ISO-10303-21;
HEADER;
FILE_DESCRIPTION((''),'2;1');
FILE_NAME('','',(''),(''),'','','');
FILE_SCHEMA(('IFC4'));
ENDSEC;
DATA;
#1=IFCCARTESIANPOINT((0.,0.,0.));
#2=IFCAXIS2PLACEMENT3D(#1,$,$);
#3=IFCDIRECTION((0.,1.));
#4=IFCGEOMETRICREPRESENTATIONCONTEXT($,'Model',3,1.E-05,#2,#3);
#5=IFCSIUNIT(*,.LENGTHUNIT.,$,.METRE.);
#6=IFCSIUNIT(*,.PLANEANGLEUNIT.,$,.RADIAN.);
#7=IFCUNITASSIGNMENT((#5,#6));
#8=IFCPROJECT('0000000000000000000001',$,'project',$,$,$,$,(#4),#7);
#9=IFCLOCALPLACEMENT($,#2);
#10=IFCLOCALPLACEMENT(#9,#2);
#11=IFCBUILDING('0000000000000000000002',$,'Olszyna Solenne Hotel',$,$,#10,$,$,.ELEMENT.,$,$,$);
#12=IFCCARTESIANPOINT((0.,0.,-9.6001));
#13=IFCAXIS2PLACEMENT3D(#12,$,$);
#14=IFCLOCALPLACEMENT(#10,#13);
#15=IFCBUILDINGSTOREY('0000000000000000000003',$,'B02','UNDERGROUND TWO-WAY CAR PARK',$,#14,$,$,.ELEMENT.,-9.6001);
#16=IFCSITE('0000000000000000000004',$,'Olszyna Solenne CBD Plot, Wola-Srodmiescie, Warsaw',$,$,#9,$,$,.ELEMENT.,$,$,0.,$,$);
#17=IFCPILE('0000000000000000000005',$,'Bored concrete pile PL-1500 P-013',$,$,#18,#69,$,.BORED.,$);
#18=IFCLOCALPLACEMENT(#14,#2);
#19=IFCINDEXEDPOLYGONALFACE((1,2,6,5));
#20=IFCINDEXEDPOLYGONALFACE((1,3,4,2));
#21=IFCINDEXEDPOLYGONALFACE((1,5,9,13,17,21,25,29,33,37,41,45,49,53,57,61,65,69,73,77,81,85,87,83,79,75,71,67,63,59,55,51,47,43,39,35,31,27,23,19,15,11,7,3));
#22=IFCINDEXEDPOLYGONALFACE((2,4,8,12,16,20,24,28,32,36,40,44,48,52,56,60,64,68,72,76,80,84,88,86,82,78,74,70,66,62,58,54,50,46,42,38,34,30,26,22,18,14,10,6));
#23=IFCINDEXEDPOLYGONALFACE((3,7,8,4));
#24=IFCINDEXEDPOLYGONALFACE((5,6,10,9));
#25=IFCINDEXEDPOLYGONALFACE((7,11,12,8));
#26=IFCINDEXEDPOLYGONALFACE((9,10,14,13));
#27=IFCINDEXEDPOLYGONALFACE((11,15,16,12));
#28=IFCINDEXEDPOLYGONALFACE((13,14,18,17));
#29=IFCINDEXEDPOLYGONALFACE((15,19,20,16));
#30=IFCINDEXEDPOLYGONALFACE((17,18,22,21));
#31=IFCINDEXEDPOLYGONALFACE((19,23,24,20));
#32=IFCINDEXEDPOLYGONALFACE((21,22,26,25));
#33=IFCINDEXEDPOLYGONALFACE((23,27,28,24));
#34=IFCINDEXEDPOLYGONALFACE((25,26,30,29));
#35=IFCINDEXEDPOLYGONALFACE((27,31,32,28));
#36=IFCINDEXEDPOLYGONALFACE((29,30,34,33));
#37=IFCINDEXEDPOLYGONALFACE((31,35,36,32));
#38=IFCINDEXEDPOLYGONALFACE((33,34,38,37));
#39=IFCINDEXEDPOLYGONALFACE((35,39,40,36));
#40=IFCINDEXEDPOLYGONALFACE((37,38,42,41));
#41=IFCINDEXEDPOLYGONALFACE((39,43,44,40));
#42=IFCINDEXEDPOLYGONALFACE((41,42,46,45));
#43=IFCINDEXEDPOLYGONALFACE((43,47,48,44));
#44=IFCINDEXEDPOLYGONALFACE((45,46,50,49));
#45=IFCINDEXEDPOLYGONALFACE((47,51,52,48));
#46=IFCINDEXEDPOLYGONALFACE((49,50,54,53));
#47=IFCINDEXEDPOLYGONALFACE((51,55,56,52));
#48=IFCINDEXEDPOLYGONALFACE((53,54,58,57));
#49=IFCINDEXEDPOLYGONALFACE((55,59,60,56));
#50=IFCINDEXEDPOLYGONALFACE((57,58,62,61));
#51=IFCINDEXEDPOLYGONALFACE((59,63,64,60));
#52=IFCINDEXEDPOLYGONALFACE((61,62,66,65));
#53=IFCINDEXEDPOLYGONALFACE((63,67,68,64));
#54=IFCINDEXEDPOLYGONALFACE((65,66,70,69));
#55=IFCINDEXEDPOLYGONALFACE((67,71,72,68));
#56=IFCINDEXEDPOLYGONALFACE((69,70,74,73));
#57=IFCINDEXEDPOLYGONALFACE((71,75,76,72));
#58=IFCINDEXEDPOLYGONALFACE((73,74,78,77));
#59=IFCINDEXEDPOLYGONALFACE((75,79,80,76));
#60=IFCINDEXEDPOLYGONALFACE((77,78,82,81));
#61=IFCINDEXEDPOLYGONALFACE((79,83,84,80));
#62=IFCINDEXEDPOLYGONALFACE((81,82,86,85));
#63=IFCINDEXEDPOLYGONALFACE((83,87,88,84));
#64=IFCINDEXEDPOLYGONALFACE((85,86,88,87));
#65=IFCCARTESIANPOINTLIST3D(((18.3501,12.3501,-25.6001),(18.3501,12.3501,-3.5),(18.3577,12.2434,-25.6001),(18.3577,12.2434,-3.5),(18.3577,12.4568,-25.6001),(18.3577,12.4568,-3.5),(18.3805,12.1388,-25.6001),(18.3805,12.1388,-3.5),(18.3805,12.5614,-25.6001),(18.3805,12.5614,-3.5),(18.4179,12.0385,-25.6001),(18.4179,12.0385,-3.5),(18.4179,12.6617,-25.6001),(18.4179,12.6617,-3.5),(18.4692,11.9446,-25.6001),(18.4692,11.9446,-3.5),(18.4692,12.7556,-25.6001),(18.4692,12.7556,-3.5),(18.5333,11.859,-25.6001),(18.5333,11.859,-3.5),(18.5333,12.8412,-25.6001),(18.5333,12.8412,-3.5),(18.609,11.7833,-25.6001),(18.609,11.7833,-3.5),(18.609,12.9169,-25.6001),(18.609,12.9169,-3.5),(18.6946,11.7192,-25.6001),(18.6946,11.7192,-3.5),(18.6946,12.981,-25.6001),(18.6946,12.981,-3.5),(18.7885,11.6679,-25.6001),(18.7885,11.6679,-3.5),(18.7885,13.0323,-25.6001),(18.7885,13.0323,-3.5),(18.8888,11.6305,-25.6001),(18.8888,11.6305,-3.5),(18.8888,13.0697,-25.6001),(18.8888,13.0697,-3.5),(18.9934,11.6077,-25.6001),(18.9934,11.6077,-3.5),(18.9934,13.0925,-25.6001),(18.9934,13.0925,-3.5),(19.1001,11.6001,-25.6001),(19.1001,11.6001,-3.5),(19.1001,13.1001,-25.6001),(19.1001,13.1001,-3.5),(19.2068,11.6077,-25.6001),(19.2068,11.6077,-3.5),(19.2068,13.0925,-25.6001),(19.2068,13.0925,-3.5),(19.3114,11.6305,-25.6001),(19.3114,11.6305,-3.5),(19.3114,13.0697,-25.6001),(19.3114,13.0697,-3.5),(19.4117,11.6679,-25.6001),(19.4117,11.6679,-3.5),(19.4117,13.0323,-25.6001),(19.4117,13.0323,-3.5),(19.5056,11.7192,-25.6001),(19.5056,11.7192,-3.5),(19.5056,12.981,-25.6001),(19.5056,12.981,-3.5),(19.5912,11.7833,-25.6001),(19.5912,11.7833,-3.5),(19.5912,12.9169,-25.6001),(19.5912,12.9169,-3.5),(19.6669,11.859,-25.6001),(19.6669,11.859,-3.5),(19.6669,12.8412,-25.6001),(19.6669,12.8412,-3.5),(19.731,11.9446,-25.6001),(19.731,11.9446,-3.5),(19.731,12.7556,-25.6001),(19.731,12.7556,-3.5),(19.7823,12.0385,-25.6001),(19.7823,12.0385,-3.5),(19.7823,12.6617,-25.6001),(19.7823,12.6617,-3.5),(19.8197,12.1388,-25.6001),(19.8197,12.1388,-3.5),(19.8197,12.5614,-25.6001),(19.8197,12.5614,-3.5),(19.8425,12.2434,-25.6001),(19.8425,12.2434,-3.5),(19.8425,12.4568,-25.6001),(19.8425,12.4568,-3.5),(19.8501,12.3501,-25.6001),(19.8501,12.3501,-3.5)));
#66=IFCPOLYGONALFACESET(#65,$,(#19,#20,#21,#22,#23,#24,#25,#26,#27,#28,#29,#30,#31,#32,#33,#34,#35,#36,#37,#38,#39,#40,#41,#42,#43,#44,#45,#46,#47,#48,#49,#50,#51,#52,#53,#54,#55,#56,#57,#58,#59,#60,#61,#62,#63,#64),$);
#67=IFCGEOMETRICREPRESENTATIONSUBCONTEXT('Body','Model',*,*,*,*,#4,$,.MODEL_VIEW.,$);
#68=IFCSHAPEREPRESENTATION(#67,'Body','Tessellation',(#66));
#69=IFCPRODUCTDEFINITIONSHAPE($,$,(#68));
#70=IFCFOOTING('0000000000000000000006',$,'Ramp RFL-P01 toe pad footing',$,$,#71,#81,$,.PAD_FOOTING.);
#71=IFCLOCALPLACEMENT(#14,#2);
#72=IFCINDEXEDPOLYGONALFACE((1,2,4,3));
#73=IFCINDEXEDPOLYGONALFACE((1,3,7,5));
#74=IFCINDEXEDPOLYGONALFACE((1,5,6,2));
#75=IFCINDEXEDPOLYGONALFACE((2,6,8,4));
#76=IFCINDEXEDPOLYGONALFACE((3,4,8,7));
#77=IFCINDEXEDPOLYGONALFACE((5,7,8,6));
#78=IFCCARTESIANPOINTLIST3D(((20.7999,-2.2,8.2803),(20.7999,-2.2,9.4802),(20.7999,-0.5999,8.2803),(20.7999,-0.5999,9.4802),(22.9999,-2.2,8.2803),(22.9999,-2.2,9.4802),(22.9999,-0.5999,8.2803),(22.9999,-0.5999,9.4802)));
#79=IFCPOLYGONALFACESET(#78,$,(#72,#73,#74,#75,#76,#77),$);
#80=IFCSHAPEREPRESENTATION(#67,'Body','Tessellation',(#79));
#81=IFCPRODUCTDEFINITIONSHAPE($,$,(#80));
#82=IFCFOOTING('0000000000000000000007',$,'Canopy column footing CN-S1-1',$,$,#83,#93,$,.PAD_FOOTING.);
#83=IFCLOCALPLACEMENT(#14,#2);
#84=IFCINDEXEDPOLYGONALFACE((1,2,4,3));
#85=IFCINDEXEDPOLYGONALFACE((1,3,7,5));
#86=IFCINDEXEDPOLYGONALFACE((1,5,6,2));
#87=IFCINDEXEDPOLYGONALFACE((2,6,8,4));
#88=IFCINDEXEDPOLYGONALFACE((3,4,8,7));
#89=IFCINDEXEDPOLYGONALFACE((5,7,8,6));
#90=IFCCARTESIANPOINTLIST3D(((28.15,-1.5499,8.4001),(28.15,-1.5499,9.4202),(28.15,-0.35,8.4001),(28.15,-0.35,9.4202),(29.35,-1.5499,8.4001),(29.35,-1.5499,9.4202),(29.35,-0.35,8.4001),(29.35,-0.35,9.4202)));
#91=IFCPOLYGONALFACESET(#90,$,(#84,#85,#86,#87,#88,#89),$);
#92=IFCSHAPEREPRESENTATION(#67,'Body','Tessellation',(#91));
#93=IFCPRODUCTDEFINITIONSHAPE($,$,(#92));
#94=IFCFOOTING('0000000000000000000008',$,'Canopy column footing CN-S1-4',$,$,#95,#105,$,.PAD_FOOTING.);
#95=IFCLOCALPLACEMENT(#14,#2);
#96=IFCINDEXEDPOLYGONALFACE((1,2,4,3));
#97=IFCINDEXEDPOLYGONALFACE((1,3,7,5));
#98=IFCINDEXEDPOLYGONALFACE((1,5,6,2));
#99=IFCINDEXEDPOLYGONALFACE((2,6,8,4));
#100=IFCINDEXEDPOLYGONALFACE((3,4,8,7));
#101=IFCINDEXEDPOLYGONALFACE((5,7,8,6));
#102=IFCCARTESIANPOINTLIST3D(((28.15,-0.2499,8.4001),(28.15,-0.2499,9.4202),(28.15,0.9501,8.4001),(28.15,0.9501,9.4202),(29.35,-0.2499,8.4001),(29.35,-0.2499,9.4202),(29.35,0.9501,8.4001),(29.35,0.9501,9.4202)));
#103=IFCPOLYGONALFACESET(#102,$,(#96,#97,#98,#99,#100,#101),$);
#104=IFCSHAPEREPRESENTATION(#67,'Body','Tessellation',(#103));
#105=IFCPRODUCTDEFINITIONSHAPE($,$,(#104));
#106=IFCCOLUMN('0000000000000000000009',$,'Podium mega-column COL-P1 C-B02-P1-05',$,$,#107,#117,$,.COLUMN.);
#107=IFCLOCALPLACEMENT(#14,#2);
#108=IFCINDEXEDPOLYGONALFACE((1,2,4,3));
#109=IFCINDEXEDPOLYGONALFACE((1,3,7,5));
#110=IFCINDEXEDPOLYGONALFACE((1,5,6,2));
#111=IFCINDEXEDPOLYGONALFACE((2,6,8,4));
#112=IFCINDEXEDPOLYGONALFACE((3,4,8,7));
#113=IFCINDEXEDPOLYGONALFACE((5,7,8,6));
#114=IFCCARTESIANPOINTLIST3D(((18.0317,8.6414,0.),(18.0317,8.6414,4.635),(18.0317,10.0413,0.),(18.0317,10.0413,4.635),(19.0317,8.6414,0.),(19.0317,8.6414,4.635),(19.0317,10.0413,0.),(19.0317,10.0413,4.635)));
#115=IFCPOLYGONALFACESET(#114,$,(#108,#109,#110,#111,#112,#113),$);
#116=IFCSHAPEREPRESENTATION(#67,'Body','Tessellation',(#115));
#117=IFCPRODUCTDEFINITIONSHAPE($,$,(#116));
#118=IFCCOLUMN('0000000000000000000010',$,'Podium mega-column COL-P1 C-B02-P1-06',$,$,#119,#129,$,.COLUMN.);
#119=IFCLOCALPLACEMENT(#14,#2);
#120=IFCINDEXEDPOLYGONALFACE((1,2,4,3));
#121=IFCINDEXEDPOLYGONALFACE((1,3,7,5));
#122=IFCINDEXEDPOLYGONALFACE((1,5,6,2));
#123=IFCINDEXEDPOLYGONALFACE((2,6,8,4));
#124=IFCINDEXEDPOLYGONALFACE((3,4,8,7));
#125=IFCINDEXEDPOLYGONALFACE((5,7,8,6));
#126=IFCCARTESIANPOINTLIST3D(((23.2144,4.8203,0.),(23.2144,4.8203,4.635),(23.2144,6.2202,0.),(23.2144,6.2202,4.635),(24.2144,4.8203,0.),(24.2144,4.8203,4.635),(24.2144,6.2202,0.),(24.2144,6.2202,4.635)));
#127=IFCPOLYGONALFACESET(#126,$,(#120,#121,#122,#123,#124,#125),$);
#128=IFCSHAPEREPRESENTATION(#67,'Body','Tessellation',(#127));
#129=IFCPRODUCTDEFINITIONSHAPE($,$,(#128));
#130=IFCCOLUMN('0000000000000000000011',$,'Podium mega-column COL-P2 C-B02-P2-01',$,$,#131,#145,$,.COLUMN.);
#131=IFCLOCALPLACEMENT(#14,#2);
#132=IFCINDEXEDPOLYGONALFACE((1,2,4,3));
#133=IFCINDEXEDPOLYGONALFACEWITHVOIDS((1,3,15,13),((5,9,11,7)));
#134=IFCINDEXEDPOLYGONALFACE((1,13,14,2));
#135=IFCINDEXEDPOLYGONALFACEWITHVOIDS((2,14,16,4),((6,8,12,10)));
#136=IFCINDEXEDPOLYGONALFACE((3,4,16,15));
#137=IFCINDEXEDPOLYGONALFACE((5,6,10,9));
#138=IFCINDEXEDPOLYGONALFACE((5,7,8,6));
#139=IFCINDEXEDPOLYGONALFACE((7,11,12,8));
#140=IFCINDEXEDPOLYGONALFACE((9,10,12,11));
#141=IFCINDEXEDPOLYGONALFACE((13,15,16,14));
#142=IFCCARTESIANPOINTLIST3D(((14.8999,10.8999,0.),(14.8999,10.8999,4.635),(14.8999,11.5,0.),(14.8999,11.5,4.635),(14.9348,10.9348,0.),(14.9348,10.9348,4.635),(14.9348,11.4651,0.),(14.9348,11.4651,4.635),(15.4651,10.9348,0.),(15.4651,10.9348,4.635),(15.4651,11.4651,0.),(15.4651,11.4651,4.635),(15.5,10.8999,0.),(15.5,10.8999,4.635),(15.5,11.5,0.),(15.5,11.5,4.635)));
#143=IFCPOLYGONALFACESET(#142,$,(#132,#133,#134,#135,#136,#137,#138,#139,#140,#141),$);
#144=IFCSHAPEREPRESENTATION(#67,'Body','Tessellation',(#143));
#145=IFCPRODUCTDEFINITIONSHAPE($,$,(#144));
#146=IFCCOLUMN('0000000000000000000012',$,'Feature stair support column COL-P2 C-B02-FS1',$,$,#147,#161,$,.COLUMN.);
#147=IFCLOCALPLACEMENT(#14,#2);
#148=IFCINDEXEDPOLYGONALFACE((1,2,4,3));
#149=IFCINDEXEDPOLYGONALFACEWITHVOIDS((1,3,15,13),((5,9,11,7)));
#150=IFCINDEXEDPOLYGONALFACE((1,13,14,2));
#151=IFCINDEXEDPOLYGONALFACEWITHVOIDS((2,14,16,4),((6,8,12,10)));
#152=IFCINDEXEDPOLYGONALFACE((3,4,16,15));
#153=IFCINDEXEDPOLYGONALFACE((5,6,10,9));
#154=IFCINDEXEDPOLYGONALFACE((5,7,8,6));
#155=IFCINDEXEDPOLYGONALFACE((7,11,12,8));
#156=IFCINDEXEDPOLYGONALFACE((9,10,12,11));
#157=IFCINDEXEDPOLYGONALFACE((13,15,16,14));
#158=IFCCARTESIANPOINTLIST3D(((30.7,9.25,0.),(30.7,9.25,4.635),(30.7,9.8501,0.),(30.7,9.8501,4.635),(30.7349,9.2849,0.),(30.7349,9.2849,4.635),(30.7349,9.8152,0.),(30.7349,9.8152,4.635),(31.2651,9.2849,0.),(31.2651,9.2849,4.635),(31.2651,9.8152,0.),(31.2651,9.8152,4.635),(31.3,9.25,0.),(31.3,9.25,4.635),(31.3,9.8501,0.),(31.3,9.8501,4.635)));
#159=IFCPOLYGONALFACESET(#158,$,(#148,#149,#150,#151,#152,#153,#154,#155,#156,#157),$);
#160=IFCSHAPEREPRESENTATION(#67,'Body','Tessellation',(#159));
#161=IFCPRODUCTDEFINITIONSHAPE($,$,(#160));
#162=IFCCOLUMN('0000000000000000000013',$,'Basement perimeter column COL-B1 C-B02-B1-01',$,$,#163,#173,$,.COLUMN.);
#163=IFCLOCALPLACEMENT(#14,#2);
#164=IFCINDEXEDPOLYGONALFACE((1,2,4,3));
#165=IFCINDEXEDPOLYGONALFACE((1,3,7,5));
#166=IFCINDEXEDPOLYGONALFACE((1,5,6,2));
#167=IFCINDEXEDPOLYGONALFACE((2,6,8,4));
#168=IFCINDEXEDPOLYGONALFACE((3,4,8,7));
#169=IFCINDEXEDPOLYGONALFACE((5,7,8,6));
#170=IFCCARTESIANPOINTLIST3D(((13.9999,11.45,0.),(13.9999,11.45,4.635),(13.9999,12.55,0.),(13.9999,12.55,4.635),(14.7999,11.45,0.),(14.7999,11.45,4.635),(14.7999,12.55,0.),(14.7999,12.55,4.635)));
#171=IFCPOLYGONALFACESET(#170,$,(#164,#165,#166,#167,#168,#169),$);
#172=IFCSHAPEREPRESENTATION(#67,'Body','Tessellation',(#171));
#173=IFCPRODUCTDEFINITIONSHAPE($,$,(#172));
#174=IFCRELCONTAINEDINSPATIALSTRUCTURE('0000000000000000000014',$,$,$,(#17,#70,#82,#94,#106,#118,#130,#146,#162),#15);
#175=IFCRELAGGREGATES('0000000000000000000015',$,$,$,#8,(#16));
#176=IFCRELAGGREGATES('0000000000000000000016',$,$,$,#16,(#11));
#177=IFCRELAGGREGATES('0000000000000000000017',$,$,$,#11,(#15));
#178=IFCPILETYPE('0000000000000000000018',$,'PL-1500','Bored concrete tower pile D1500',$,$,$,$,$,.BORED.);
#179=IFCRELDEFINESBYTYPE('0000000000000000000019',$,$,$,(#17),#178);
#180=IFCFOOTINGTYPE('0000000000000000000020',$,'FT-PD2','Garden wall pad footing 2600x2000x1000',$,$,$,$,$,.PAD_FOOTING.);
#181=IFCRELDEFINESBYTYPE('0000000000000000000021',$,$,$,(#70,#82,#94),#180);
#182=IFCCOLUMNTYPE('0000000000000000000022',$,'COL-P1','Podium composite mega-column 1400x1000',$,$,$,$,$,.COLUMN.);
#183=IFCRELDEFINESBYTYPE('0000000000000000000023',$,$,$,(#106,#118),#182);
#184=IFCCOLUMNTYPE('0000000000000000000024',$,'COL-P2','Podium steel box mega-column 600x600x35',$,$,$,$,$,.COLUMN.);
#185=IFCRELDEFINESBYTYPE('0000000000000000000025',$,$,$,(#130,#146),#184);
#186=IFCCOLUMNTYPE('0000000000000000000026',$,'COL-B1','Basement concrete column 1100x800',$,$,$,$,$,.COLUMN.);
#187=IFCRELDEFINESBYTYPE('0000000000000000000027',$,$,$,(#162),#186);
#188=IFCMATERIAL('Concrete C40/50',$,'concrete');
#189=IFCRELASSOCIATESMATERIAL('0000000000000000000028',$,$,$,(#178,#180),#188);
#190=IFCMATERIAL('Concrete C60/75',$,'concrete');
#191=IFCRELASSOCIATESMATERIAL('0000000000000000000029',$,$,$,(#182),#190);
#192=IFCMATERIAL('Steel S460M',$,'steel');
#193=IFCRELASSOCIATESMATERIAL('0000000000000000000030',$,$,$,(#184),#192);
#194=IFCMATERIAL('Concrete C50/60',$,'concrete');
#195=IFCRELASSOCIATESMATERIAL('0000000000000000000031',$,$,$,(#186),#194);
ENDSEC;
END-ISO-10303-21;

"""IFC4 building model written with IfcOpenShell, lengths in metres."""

from ifc_helpers import new_model, si_unit, direction, frame, origin, origin_2d, place, context, subcontext, project, spatial, rectangle, hollow_rectangle, circle, extrude, source, transform, mapped, material, material_profile, profile_set, type_object, element, save


model = new_model("IFC4")

# Units and contexts
model_context = context("Model", 3, precision=1e-05, world=origin(), true_north=direction((0.0, 1.0)))
body_context = subcontext(model_context, "Body", "Model", "MODEL_VIEW")
ifc_project = project(units=[si_unit("LENGTHUNIT", "METRE"), si_unit("PLANEANGLEUNIT", "RADIAN")], contexts=[model_context])

# Site, building, storey
site_placement = place(None, origin())
site = spatial("IfcSite", under=ifc_project, at=site_placement, Name="Olszyna Solenne CBD Plot, Wola-Srodmiescie, Warsaw", CompositionType="ELEMENT", RefElevation=0.0)
building_placement = place(site_placement, origin())
building = spatial("IfcBuilding", under=site, at=building_placement, Name="Olszyna Solenne Hotel", CompositionType="ELEMENT")
storey_placement = place(building_placement, frame((0.0, 0.0, -9.6001)))
storey = spatial("IfcBuildingStorey", under=building, at=storey_placement, Name="B02", Description="UNDERGROUND TWO-WAY CAR PARK", CompositionType="ELEMENT", Elevation=-9.6001)

# Pile
ifc_material_1 = material(Name="Concrete C40/50", Category="concrete")
ifc_material_profile_1 = material_profile(ifc_material_1, circle(Radius=0.75, at=origin_2d()), Name="BORED PILE 1500", Category="load-bearing")
ifc_profile_set_1 = profile_set([ifc_material_profile_1], Name="Concrete C40/50")
pile_type = type_object("IfcPileType", Name="PL-1500", Description="Bored concrete tower pile D1500", PredefinedType="BORED", material=ifc_profile_set_1)
shared_shape_1 = source(origin(), body_context, "Body", "SweptSolid", [
    extrude(circle(Radius=0.75, at=origin_2d()), origin(), (0.0, 0.0, 1.0), 22.1001),
])
for number, where, z_axis, x_axis, name in (
    (1, (19.1001, 12.3501, -3.5), (0.0, 0.0, -1.0), (1.0, 0.0, 0.0), "Bored concrete pile PL-1500 P-013"),
):
    element("IfcPile", number, at=place(storey_placement, frame(where, z_axis=z_axis, x_axis=x_axis)), inside=storey, type_object=pile_type, Name=name, PredefinedType="BORED", context=body_context, shape_type="MappedRepresentation", body=[
        mapped(shared_shape_1, transform((0.0, 0.0, 0.0), x_axis=(1.0, 0.0, 0.0), y_axis=(0.0, 1.0, 0.0), z_axis=(0.0, 0.0, 1.0), scale=1.0)),
    ])

# Footings
footing_type = type_object("IfcFootingType", Name="FT-PD2", Description="Garden wall pad footing 2600x2000x1000", PredefinedType="PAD_FOOTING", material=ifc_material_1)
shared_shape_2 = source(origin(), body_context, "Body", "SweptSolid", [
    extrude(rectangle(XDim=2.2, YDim=1.6001, at=origin_2d()), origin(), (0.0, 0.0, 1.0), 1.2),
])
footing_placement = place(storey_placement, frame((21.8999, -1.3999, 8.2803), z_axis=(0.0, 0.0, 1.0), x_axis=(1.0, 0.0, 0.0)))
element("IfcFooting", 2, at=footing_placement, inside=storey, type_object=footing_type, Name="Ramp RFL-P01 toe pad footing", PredefinedType="PAD_FOOTING", context=body_context, shape_type="MappedRepresentation", body=[
    mapped(shared_shape_2, transform((0.0, 0.0, 0.0), x_axis=(1.0, 0.0, 0.0), y_axis=(0.0, 1.0, 0.0), z_axis=(0.0, 0.0, 1.0), scale=1.0)),
])
shared_shape_3 = source(origin(), body_context, "Body", "SweptSolid", [
    extrude(rectangle(XDim=1.2, YDim=1.2, at=origin_2d()), origin(), (0.0, 0.0, 1.0), 1.02),
])
for number, where, z_axis, x_axis, name in (
    (3, (28.75, -0.95, 8.4001), (0.0, 0.0, 1.0), (1.0, 0.0, 0.0), "Canopy column footing CN-S1-1"),
    (4, (28.75, 0.3501, 8.4001), (0.0, 0.0, 1.0), (1.0, 0.0, 0.0), "Canopy column footing CN-S1-4"),
):
    element("IfcFooting", number, at=place(storey_placement, frame(where, z_axis=z_axis, x_axis=x_axis)), inside=storey, type_object=footing_type, Name=name, PredefinedType="PAD_FOOTING", context=body_context, shape_type="MappedRepresentation", body=[
        mapped(shared_shape_3, transform((0.0, 0.0, 0.0), x_axis=(1.0, 0.0, 0.0), y_axis=(0.0, 1.0, 0.0), z_axis=(0.0, 0.0, 1.0), scale=1.0)),
    ])

# Columns
ifc_material_2 = material(Name="Concrete C60/75", Category="concrete")
ifc_material_profile_2 = material_profile(ifc_material_2, rectangle(XDim=1.0, YDim=1.3999, at=origin_2d()), Name="RC 1400x1000", Category="load-bearing")
ifc_profile_set_2 = profile_set([ifc_material_profile_2], Name="Concrete C60/75")
column_type_1 = type_object("IfcColumnType", Name="COL-P1", Description="Podium composite mega-column 1400x1000", PredefinedType="COLUMN", material=ifc_profile_set_2)
shared_shape_4 = source(origin(), body_context, "Body", "SweptSolid", [
    extrude(rectangle(XDim=1.0, YDim=1.3999, at=origin_2d()), origin(), (0.0, 0.0, 1.0), 4.635),
])
for number, where, z_axis, x_axis, name in (
    (5, (18.5317, 9.3413, 0.0), (0.0, 0.0, 1.0), (1.0, 0.0, 0.0), "Podium mega-column COL-P1 C-B02-P1-05"),
    (6, (23.7144, 5.5203, 0.0), (0.0, 0.0, 1.0), (1.0, 0.0, 0.0), "Podium mega-column COL-P1 C-B02-P1-06"),
):
    element("IfcColumn", number, at=place(storey_placement, frame(where, z_axis=z_axis, x_axis=x_axis)), inside=storey, type_object=column_type_1, Name=name, PredefinedType="COLUMN", context=body_context, shape_type="MappedRepresentation", body=[
        mapped(shared_shape_4, transform((0.0, 0.0, 0.0), x_axis=(1.0, 0.0, 0.0), y_axis=(0.0, 1.0, 0.0), z_axis=(0.0, 0.0, 1.0), scale=1.0)),
    ])
ifc_material_3 = material(Name="Steel S460M", Category="steel")
ifc_material_profile_3 = material_profile(ifc_material_3, hollow_rectangle(XDim=0.6001, YDim=0.6001, WallThickness=0.0349, at=origin_2d()), Name="SHS 600x600x35", Category="load-bearing")
ifc_profile_set_3 = profile_set([ifc_material_profile_3], Name="Steel S460M")
column_type_2 = type_object("IfcColumnType", Name="COL-P2", Description="Podium steel box mega-column 600x600x35", PredefinedType="COLUMN", material=ifc_profile_set_3)
shared_shape_5 = source(origin(), body_context, "Body", "SweptSolid", [
    extrude(hollow_rectangle(XDim=0.6001, YDim=0.6001, WallThickness=0.0349, at=origin_2d()), origin(), (0.0, 0.0, 1.0), 4.635),
])
for number, where, z_axis, x_axis, name in (
    (7, (15.2, 11.2, 0.0), (0.0, 0.0, 1.0), (1.0, 0.0, 0.0), "Podium mega-column COL-P2 C-B02-P2-01"),
    (8, (31.0, 9.55, 0.0), (0.0, 0.0, 1.0), (1.0, 0.0, 0.0), "Feature stair support column COL-P2 C-B02-FS1"),
):
    element("IfcColumn", number, at=place(storey_placement, frame(where, z_axis=z_axis, x_axis=x_axis)), inside=storey, type_object=column_type_2, Name=name, PredefinedType="COLUMN", context=body_context, shape_type="MappedRepresentation", body=[
        mapped(shared_shape_5, transform((0.0, 0.0, 0.0), x_axis=(1.0, 0.0, 0.0), y_axis=(0.0, 1.0, 0.0), z_axis=(0.0, 0.0, 1.0), scale=1.0)),
    ])
ifc_material_4 = material(Name="Concrete C50/60", Category="concrete")
ifc_material_profile_4 = material_profile(ifc_material_4, rectangle(XDim=0.8, YDim=1.1001, at=origin_2d()), Name="RC 1100x800", Category="load-bearing")
ifc_profile_set_4 = profile_set([ifc_material_profile_4], Name="Concrete C50/60")
column_type_3 = type_object("IfcColumnType", Name="COL-B1", Description="Basement concrete column 1100x800", PredefinedType="COLUMN", material=ifc_profile_set_4)
shared_shape_6 = source(origin(), body_context, "Body", "SweptSolid", [
    extrude(rectangle(XDim=0.8, YDim=1.1001, at=origin_2d()), origin(), (0.0, 0.0, 1.0), 4.635),
])
column_placement = place(storey_placement, frame((14.3999, 12.0, 0.0), z_axis=(0.0, 0.0, 1.0), x_axis=(1.0, 0.0, 0.0)))
element("IfcColumn", 9, at=column_placement, inside=storey, type_object=column_type_3, Name="Basement perimeter column COL-B1 C-B02-B1-01", PredefinedType="COLUMN", context=body_context, shape_type="MappedRepresentation", body=[
    mapped(shared_shape_6, transform((0.0, 0.0, 0.0), x_axis=(1.0, 0.0, 0.0), y_axis=(0.0, 1.0, 0.0), z_axis=(0.0, 0.0, 1.0), scale=1.0)),
])

save(model, "model.ifc")
